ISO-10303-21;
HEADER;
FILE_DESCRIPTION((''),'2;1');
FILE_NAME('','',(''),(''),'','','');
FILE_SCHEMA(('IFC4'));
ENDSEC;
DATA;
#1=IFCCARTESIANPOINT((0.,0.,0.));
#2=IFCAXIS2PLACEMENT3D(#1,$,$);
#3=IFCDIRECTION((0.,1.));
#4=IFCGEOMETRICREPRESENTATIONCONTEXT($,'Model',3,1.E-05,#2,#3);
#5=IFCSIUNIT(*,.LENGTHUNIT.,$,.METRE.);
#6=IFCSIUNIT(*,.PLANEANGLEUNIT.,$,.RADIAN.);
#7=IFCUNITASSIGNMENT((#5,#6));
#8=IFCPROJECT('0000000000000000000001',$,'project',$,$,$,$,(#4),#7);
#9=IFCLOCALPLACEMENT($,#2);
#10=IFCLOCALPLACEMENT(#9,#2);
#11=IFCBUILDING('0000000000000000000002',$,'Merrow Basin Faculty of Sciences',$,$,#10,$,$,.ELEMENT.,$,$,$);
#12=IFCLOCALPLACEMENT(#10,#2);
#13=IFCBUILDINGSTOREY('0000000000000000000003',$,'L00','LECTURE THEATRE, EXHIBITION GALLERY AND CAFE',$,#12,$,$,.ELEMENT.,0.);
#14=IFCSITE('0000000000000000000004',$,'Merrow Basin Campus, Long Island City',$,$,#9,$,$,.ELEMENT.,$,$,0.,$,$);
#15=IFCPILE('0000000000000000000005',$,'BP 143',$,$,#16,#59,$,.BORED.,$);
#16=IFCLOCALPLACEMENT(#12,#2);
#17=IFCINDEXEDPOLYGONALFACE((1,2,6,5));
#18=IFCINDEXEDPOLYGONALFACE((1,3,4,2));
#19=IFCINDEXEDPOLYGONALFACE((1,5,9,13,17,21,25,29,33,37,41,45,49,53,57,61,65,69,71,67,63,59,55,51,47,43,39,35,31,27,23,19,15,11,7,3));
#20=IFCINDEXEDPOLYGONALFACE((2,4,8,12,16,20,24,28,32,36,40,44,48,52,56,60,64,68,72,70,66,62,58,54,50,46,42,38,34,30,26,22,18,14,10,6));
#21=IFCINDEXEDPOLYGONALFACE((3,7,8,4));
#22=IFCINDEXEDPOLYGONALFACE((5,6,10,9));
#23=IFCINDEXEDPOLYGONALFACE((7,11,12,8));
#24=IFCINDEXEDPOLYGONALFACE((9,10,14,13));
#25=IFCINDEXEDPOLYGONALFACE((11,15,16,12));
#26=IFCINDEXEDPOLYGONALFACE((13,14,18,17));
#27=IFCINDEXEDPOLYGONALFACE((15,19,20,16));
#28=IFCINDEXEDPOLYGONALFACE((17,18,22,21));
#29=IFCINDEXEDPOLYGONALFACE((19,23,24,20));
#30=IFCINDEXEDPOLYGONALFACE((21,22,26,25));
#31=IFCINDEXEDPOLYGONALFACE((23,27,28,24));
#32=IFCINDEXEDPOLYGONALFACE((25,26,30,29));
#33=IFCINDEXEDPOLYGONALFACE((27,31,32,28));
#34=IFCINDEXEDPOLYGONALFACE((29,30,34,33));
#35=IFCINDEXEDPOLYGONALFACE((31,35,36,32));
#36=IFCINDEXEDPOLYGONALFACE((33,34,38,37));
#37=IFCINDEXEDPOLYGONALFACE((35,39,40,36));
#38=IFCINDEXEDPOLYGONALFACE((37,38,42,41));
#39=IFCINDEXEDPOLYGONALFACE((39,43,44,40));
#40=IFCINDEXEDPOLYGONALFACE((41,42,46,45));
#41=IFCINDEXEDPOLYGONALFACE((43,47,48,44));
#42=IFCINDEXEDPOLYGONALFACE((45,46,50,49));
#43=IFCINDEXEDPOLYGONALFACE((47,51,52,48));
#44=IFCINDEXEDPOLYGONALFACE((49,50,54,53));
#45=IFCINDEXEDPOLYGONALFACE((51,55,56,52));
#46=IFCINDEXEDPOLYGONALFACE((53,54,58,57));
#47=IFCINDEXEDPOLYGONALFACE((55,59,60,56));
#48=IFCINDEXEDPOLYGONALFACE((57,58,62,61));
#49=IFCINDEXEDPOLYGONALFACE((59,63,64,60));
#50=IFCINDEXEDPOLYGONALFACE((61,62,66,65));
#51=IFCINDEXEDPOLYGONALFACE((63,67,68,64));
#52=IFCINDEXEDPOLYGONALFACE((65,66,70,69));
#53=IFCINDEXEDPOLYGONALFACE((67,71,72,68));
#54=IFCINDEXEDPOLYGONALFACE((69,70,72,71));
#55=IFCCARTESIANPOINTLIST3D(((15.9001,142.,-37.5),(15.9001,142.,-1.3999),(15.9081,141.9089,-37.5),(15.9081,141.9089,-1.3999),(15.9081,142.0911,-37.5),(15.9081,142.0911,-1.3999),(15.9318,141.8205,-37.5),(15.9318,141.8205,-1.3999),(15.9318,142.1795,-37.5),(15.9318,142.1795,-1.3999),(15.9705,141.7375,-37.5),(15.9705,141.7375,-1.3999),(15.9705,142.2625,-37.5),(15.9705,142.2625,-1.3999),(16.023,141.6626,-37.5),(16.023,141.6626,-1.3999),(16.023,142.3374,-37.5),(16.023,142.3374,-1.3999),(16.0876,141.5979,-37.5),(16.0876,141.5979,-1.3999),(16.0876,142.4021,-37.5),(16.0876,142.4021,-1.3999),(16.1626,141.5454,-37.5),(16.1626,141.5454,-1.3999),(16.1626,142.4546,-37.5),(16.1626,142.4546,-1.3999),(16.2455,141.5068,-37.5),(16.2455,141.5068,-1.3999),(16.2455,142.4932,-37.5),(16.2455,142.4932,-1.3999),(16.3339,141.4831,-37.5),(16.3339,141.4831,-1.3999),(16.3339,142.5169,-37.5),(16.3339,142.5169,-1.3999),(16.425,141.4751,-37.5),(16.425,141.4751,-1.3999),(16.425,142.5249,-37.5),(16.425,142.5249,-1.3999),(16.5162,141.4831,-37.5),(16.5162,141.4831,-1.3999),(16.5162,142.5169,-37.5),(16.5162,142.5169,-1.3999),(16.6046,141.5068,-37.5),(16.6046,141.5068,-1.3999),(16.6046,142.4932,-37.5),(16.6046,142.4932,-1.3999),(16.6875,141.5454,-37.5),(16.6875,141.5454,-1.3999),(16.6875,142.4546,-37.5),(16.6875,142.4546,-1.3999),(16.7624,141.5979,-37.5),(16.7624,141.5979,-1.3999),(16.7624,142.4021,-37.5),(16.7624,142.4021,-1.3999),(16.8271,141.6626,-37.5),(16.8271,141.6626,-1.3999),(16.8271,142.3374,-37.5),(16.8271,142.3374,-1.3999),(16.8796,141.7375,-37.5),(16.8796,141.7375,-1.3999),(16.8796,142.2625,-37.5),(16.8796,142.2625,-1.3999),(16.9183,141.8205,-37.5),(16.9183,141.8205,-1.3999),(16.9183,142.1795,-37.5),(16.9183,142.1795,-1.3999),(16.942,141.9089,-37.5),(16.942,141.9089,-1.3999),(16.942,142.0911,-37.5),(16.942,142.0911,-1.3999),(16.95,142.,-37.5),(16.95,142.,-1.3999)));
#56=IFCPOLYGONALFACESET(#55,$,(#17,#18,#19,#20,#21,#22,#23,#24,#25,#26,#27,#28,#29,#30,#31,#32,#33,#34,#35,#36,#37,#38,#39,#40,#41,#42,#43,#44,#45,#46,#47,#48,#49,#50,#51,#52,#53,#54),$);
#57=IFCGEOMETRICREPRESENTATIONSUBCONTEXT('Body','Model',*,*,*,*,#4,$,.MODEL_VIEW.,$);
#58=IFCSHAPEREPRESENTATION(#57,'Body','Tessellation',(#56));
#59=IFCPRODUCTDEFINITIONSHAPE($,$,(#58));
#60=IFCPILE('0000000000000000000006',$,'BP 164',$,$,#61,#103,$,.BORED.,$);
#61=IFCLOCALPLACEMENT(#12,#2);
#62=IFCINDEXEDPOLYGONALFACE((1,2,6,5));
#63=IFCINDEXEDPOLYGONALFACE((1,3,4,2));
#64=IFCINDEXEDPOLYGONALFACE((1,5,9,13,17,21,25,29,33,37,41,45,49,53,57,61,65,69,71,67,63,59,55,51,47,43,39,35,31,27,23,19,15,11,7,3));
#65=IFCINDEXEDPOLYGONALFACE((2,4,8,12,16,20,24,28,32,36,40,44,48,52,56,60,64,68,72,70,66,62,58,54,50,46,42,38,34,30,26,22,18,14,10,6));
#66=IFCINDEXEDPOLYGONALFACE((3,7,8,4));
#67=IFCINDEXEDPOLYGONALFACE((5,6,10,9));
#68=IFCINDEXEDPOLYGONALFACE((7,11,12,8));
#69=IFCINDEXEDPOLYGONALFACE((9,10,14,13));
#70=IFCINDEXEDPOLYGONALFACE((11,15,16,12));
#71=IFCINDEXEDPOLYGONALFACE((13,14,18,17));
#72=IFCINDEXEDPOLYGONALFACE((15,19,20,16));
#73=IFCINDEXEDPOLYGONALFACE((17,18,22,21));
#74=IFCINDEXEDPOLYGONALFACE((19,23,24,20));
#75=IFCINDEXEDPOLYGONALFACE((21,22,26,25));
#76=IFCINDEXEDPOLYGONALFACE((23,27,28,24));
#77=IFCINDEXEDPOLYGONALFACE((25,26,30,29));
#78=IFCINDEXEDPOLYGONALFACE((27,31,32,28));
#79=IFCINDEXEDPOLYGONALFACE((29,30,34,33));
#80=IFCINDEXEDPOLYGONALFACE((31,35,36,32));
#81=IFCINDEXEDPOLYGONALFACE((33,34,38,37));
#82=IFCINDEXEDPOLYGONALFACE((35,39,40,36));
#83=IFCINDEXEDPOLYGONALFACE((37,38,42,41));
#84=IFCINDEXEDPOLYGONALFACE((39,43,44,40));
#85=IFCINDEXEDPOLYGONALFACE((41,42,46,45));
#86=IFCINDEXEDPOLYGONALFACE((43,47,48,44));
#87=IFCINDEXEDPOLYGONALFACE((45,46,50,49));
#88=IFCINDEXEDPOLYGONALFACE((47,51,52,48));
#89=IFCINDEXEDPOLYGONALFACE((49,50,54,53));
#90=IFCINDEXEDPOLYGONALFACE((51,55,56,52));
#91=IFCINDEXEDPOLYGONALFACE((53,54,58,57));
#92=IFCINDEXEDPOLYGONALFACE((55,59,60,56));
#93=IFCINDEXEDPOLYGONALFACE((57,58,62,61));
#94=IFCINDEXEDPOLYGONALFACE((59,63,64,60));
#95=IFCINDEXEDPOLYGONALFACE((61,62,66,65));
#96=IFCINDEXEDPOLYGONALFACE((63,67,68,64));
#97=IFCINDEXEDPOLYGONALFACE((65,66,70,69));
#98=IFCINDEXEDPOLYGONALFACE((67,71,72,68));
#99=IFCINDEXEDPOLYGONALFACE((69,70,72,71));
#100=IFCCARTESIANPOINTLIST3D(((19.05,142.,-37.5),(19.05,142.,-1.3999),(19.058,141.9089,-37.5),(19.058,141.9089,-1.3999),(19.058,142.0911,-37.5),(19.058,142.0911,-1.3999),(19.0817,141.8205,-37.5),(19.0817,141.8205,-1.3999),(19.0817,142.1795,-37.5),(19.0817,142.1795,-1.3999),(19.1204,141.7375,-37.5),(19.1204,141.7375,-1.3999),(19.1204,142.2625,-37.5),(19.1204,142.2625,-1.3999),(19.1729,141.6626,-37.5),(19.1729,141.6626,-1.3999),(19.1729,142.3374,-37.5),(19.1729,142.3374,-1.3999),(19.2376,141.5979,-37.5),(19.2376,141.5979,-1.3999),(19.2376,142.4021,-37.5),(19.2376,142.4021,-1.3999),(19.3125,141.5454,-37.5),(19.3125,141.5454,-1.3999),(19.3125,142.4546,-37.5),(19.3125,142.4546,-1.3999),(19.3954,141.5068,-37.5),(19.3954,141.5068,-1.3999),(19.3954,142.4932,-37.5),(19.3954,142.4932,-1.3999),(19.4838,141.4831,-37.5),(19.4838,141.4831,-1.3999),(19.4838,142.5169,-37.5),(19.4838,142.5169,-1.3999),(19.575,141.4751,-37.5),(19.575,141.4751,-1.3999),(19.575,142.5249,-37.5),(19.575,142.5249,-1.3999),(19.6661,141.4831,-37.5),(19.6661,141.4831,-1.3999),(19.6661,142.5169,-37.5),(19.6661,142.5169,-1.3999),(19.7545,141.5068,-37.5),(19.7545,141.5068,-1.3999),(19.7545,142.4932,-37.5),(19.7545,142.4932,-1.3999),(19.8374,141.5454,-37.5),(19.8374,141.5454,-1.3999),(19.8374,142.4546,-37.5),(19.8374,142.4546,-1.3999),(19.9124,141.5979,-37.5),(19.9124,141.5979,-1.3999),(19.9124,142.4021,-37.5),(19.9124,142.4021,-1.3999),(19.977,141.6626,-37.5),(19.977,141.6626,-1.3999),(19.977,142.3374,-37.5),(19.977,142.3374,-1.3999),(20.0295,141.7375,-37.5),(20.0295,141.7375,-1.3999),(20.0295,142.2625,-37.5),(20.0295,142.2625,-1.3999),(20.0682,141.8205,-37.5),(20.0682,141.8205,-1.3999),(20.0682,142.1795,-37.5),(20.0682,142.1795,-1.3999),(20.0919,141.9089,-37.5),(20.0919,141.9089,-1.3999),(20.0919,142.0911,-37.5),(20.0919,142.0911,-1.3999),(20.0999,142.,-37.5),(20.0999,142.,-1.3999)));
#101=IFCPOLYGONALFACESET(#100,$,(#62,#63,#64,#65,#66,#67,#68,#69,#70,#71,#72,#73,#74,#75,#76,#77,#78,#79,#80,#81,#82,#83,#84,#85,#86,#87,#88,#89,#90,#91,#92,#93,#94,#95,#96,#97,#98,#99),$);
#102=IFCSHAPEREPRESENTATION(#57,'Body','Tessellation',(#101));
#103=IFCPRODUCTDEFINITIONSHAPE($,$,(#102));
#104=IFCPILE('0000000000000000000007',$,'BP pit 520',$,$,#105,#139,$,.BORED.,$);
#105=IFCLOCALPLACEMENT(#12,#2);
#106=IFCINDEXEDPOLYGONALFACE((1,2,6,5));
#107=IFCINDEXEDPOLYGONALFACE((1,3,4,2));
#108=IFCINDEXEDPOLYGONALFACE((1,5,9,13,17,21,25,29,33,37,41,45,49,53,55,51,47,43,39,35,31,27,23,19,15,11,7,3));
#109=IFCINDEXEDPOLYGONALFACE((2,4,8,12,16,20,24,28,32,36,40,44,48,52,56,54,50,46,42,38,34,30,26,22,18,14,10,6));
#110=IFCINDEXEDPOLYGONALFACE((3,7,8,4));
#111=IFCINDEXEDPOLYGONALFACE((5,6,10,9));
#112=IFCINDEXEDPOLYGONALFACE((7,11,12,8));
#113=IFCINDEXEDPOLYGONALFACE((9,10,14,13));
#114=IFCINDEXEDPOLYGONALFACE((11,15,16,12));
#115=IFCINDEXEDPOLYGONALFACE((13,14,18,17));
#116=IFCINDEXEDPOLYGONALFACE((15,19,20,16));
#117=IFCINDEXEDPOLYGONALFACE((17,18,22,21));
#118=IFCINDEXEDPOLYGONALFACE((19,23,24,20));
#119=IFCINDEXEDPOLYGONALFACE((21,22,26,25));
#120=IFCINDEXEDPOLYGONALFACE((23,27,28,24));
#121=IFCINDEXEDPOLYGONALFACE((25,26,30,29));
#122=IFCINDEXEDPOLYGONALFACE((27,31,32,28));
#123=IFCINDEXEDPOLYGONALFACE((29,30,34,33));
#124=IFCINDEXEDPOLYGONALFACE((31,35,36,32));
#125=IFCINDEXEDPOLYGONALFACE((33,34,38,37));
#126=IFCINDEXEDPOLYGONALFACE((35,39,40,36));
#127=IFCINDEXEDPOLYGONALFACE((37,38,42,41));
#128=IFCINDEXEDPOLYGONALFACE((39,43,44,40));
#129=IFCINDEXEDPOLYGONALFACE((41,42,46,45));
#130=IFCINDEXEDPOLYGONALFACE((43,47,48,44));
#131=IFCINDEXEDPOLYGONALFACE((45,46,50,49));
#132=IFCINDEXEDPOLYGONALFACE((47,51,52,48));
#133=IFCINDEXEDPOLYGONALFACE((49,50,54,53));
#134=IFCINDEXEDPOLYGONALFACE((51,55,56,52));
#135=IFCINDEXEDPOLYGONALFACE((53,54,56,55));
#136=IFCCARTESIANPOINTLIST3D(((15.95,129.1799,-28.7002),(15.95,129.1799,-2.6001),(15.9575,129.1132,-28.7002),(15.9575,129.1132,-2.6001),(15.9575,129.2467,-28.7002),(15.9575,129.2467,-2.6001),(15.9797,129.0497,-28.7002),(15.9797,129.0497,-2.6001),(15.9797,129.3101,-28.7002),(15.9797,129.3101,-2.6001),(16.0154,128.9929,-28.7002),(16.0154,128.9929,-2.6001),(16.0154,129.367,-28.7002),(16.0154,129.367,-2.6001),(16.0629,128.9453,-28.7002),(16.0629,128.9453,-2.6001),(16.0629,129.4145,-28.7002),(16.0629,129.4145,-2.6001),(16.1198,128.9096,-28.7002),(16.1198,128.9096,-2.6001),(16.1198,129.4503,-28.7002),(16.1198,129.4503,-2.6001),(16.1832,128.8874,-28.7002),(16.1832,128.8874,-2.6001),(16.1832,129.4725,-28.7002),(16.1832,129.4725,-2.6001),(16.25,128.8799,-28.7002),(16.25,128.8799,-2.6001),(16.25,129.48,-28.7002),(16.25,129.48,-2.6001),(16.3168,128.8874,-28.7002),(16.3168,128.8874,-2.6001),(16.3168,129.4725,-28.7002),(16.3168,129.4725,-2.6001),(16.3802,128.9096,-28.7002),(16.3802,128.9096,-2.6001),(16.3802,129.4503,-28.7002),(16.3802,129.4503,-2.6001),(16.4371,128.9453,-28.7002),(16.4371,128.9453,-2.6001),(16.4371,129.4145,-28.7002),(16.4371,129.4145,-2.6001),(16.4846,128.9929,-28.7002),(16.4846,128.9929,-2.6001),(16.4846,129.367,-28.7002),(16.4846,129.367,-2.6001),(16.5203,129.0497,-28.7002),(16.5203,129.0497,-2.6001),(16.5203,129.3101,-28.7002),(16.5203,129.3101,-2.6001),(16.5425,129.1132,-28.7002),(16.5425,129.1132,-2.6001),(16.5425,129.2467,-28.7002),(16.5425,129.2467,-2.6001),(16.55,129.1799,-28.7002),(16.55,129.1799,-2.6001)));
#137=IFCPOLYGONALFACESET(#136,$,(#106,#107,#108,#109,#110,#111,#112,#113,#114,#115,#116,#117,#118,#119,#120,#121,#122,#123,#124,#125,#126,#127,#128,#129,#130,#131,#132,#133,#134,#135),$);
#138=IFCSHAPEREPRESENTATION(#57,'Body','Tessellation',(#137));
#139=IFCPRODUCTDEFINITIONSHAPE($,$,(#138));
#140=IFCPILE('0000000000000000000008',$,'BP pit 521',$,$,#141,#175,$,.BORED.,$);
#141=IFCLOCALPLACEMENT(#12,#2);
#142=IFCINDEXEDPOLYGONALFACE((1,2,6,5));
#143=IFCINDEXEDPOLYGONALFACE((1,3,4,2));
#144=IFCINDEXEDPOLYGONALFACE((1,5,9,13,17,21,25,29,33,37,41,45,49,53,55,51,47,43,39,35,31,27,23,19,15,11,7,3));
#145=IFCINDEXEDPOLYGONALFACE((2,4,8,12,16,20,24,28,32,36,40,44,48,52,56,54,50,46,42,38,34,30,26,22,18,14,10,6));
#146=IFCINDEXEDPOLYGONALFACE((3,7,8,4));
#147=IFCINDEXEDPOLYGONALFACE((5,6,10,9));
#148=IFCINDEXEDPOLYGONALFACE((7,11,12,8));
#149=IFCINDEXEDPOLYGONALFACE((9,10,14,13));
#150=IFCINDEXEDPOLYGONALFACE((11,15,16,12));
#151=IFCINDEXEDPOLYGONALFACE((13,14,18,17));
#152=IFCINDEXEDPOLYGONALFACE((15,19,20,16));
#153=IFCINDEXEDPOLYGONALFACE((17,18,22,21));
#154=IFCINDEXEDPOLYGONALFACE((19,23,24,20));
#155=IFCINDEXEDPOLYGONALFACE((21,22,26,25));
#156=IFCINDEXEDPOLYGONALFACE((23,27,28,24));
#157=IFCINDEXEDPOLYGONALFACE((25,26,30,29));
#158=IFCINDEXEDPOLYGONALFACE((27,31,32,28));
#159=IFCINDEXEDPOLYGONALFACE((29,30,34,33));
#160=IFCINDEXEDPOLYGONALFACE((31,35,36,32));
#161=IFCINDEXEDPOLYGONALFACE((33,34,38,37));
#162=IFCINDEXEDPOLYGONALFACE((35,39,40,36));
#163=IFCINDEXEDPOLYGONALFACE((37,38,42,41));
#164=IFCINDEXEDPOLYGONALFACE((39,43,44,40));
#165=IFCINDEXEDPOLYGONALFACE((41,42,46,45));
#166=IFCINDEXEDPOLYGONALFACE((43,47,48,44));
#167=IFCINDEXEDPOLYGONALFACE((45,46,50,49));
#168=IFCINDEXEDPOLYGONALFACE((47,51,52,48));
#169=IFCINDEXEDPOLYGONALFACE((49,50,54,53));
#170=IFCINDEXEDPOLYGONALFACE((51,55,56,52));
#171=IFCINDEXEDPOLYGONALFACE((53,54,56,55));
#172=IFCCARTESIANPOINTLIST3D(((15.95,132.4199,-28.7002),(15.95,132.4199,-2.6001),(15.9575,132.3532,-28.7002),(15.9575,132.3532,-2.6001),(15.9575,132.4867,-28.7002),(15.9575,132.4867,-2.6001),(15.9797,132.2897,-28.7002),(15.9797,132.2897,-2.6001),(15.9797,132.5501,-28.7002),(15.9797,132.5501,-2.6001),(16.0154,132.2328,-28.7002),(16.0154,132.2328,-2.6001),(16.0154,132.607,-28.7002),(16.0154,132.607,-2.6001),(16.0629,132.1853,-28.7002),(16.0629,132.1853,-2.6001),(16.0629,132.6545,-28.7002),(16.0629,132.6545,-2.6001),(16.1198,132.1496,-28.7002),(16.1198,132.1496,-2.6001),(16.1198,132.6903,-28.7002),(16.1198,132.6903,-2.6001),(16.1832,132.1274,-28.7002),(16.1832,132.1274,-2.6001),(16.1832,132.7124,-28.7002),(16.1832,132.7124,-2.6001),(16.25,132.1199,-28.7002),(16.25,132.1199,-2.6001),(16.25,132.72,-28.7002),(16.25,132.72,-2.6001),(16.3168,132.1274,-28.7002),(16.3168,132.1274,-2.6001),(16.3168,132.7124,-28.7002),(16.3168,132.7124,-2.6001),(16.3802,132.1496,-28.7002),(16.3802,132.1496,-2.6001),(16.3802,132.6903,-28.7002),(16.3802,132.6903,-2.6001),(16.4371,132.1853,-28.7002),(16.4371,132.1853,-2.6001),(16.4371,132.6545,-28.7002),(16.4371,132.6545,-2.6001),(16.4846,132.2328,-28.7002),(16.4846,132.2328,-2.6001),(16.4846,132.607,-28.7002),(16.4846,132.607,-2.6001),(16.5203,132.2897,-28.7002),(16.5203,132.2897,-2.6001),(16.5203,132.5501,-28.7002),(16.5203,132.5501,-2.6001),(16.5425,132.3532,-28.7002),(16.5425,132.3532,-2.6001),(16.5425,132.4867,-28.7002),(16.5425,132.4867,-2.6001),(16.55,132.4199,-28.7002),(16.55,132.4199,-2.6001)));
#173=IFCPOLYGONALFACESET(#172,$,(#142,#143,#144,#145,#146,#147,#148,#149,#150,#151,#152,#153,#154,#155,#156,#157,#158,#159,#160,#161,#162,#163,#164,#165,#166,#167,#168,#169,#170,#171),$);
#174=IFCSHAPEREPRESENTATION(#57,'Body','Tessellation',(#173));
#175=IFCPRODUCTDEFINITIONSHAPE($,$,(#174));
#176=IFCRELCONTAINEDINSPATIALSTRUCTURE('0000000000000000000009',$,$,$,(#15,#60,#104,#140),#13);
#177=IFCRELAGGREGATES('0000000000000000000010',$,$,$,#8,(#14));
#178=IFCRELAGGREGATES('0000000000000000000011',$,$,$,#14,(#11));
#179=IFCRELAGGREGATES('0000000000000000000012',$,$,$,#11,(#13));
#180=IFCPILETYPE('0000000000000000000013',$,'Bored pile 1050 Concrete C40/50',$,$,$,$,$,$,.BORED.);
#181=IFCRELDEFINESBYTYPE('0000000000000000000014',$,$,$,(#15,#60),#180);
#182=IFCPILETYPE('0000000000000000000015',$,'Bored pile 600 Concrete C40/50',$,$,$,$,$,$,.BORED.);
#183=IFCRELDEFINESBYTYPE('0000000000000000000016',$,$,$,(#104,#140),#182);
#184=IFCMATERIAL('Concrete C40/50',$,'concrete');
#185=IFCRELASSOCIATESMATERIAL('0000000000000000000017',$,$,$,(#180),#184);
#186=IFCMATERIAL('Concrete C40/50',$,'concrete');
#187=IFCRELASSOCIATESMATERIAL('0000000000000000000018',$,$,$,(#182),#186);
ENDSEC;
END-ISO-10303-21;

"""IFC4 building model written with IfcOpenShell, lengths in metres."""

from ifc_helpers import new_model, si_unit, direction, frame, origin, origin_2d, place, context, subcontext, project, spatial, circle, extrude, material, material_profile, profile_set, type_object, element, save


model = new_model("IFC4")

# Units and contexts
model_context = context("Model", 3, precision=1e-05, world=origin(), true_north=direction((0.0, 1.0)))
body_context = subcontext(model_context, "Body", "Model", "MODEL_VIEW")
ifc_project = project(units=[si_unit("LENGTHUNIT", "METRE"), si_unit("PLANEANGLEUNIT", "RADIAN")], contexts=[model_context])

# Site, building, storey
site_placement = place(None, origin())
site = spatial("IfcSite", under=ifc_project, at=site_placement, Name="Merrow Basin Campus, Long Island City", CompositionType="ELEMENT", RefElevation=0.0)
building_placement = place(site_placement, origin())
building = spatial("IfcBuilding", under=site, at=building_placement, Name="Merrow Basin Faculty of Sciences", CompositionType="ELEMENT")
storey_placement = place(building_placement, origin())
storey = spatial("IfcBuildingStorey", under=building, at=storey_placement, Name="L00", Description="LECTURE THEATRE, EXHIBITION GALLERY AND CAFE", CompositionType="ELEMENT", Elevation=0.0)

# Piles
ifc_material_1 = material(Name="Concrete C40/50", Category="concrete")
ifc_material_profile_1 = material_profile(ifc_material_1, circle(Radius=0.5249, at=origin_2d()))
ifc_profile_set_1 = profile_set([ifc_material_profile_1], Name="Concrete C40/50")
pile_type_1 = type_object("IfcPileType", Name="Bored pile 1050 Concrete C40/50", PredefinedType="BORED", material=ifc_profile_set_1)
for number, where, z_axis, x_axis, name in (
    (1, (16.425, 142.0, -1.3999), (0.0, 0.0, -1.0), (1.0, 0.0, 0.0), "BP 143"),
    (2, (19.575, 142.0, -1.3999), (0.0, 0.0, -1.0), (1.0, 0.0, 0.0), "BP 164"),
):
    element("IfcPile", number, at=place(storey_placement, frame(where, z_axis=z_axis, x_axis=x_axis)), inside=storey, type_object=pile_type_1, Name=name, PredefinedType="BORED", context=body_context, shape_type="SweptSolid", body=[
        extrude(circle(Radius=0.5249, at=origin_2d()), origin(), (0.0, 0.0, 1.0), 36.1001),
    ])
ifc_material_2 = material(Name="Concrete C40/50", Category="concrete")
ifc_material_profile_2 = material_profile(ifc_material_2, circle(Radius=0.3, at=origin_2d()))
ifc_profile_set_2 = profile_set([ifc_material_profile_2], Name="Concrete C40/50")
pile_type_2 = type_object("IfcPileType", Name="Bored pile 600 Concrete C40/50", PredefinedType="BORED", material=ifc_profile_set_2)
for number, where, z_axis, x_axis, name in (
    (3, (16.25, 129.1799, -2.6001), (0.0, 0.0, -1.0), (1.0, 0.0, 0.0), "BP pit 520"),
    (4, (16.25, 132.4199, -2.6001), (0.0, 0.0, -1.0), (1.0, 0.0, 0.0), "BP pit 521"),
):
    element("IfcPile", number, at=place(storey_placement, frame(where, z_axis=z_axis, x_axis=x_axis)), inside=storey, type_object=pile_type_2, Name=name, PredefinedType="BORED", context=body_context, shape_type="SweptSolid", body=[
        extrude(circle(Radius=0.3, at=origin_2d()), origin(), (0.0, 0.0, 1.0), 26.1001),
    ])

save(model, "model.ifc")
